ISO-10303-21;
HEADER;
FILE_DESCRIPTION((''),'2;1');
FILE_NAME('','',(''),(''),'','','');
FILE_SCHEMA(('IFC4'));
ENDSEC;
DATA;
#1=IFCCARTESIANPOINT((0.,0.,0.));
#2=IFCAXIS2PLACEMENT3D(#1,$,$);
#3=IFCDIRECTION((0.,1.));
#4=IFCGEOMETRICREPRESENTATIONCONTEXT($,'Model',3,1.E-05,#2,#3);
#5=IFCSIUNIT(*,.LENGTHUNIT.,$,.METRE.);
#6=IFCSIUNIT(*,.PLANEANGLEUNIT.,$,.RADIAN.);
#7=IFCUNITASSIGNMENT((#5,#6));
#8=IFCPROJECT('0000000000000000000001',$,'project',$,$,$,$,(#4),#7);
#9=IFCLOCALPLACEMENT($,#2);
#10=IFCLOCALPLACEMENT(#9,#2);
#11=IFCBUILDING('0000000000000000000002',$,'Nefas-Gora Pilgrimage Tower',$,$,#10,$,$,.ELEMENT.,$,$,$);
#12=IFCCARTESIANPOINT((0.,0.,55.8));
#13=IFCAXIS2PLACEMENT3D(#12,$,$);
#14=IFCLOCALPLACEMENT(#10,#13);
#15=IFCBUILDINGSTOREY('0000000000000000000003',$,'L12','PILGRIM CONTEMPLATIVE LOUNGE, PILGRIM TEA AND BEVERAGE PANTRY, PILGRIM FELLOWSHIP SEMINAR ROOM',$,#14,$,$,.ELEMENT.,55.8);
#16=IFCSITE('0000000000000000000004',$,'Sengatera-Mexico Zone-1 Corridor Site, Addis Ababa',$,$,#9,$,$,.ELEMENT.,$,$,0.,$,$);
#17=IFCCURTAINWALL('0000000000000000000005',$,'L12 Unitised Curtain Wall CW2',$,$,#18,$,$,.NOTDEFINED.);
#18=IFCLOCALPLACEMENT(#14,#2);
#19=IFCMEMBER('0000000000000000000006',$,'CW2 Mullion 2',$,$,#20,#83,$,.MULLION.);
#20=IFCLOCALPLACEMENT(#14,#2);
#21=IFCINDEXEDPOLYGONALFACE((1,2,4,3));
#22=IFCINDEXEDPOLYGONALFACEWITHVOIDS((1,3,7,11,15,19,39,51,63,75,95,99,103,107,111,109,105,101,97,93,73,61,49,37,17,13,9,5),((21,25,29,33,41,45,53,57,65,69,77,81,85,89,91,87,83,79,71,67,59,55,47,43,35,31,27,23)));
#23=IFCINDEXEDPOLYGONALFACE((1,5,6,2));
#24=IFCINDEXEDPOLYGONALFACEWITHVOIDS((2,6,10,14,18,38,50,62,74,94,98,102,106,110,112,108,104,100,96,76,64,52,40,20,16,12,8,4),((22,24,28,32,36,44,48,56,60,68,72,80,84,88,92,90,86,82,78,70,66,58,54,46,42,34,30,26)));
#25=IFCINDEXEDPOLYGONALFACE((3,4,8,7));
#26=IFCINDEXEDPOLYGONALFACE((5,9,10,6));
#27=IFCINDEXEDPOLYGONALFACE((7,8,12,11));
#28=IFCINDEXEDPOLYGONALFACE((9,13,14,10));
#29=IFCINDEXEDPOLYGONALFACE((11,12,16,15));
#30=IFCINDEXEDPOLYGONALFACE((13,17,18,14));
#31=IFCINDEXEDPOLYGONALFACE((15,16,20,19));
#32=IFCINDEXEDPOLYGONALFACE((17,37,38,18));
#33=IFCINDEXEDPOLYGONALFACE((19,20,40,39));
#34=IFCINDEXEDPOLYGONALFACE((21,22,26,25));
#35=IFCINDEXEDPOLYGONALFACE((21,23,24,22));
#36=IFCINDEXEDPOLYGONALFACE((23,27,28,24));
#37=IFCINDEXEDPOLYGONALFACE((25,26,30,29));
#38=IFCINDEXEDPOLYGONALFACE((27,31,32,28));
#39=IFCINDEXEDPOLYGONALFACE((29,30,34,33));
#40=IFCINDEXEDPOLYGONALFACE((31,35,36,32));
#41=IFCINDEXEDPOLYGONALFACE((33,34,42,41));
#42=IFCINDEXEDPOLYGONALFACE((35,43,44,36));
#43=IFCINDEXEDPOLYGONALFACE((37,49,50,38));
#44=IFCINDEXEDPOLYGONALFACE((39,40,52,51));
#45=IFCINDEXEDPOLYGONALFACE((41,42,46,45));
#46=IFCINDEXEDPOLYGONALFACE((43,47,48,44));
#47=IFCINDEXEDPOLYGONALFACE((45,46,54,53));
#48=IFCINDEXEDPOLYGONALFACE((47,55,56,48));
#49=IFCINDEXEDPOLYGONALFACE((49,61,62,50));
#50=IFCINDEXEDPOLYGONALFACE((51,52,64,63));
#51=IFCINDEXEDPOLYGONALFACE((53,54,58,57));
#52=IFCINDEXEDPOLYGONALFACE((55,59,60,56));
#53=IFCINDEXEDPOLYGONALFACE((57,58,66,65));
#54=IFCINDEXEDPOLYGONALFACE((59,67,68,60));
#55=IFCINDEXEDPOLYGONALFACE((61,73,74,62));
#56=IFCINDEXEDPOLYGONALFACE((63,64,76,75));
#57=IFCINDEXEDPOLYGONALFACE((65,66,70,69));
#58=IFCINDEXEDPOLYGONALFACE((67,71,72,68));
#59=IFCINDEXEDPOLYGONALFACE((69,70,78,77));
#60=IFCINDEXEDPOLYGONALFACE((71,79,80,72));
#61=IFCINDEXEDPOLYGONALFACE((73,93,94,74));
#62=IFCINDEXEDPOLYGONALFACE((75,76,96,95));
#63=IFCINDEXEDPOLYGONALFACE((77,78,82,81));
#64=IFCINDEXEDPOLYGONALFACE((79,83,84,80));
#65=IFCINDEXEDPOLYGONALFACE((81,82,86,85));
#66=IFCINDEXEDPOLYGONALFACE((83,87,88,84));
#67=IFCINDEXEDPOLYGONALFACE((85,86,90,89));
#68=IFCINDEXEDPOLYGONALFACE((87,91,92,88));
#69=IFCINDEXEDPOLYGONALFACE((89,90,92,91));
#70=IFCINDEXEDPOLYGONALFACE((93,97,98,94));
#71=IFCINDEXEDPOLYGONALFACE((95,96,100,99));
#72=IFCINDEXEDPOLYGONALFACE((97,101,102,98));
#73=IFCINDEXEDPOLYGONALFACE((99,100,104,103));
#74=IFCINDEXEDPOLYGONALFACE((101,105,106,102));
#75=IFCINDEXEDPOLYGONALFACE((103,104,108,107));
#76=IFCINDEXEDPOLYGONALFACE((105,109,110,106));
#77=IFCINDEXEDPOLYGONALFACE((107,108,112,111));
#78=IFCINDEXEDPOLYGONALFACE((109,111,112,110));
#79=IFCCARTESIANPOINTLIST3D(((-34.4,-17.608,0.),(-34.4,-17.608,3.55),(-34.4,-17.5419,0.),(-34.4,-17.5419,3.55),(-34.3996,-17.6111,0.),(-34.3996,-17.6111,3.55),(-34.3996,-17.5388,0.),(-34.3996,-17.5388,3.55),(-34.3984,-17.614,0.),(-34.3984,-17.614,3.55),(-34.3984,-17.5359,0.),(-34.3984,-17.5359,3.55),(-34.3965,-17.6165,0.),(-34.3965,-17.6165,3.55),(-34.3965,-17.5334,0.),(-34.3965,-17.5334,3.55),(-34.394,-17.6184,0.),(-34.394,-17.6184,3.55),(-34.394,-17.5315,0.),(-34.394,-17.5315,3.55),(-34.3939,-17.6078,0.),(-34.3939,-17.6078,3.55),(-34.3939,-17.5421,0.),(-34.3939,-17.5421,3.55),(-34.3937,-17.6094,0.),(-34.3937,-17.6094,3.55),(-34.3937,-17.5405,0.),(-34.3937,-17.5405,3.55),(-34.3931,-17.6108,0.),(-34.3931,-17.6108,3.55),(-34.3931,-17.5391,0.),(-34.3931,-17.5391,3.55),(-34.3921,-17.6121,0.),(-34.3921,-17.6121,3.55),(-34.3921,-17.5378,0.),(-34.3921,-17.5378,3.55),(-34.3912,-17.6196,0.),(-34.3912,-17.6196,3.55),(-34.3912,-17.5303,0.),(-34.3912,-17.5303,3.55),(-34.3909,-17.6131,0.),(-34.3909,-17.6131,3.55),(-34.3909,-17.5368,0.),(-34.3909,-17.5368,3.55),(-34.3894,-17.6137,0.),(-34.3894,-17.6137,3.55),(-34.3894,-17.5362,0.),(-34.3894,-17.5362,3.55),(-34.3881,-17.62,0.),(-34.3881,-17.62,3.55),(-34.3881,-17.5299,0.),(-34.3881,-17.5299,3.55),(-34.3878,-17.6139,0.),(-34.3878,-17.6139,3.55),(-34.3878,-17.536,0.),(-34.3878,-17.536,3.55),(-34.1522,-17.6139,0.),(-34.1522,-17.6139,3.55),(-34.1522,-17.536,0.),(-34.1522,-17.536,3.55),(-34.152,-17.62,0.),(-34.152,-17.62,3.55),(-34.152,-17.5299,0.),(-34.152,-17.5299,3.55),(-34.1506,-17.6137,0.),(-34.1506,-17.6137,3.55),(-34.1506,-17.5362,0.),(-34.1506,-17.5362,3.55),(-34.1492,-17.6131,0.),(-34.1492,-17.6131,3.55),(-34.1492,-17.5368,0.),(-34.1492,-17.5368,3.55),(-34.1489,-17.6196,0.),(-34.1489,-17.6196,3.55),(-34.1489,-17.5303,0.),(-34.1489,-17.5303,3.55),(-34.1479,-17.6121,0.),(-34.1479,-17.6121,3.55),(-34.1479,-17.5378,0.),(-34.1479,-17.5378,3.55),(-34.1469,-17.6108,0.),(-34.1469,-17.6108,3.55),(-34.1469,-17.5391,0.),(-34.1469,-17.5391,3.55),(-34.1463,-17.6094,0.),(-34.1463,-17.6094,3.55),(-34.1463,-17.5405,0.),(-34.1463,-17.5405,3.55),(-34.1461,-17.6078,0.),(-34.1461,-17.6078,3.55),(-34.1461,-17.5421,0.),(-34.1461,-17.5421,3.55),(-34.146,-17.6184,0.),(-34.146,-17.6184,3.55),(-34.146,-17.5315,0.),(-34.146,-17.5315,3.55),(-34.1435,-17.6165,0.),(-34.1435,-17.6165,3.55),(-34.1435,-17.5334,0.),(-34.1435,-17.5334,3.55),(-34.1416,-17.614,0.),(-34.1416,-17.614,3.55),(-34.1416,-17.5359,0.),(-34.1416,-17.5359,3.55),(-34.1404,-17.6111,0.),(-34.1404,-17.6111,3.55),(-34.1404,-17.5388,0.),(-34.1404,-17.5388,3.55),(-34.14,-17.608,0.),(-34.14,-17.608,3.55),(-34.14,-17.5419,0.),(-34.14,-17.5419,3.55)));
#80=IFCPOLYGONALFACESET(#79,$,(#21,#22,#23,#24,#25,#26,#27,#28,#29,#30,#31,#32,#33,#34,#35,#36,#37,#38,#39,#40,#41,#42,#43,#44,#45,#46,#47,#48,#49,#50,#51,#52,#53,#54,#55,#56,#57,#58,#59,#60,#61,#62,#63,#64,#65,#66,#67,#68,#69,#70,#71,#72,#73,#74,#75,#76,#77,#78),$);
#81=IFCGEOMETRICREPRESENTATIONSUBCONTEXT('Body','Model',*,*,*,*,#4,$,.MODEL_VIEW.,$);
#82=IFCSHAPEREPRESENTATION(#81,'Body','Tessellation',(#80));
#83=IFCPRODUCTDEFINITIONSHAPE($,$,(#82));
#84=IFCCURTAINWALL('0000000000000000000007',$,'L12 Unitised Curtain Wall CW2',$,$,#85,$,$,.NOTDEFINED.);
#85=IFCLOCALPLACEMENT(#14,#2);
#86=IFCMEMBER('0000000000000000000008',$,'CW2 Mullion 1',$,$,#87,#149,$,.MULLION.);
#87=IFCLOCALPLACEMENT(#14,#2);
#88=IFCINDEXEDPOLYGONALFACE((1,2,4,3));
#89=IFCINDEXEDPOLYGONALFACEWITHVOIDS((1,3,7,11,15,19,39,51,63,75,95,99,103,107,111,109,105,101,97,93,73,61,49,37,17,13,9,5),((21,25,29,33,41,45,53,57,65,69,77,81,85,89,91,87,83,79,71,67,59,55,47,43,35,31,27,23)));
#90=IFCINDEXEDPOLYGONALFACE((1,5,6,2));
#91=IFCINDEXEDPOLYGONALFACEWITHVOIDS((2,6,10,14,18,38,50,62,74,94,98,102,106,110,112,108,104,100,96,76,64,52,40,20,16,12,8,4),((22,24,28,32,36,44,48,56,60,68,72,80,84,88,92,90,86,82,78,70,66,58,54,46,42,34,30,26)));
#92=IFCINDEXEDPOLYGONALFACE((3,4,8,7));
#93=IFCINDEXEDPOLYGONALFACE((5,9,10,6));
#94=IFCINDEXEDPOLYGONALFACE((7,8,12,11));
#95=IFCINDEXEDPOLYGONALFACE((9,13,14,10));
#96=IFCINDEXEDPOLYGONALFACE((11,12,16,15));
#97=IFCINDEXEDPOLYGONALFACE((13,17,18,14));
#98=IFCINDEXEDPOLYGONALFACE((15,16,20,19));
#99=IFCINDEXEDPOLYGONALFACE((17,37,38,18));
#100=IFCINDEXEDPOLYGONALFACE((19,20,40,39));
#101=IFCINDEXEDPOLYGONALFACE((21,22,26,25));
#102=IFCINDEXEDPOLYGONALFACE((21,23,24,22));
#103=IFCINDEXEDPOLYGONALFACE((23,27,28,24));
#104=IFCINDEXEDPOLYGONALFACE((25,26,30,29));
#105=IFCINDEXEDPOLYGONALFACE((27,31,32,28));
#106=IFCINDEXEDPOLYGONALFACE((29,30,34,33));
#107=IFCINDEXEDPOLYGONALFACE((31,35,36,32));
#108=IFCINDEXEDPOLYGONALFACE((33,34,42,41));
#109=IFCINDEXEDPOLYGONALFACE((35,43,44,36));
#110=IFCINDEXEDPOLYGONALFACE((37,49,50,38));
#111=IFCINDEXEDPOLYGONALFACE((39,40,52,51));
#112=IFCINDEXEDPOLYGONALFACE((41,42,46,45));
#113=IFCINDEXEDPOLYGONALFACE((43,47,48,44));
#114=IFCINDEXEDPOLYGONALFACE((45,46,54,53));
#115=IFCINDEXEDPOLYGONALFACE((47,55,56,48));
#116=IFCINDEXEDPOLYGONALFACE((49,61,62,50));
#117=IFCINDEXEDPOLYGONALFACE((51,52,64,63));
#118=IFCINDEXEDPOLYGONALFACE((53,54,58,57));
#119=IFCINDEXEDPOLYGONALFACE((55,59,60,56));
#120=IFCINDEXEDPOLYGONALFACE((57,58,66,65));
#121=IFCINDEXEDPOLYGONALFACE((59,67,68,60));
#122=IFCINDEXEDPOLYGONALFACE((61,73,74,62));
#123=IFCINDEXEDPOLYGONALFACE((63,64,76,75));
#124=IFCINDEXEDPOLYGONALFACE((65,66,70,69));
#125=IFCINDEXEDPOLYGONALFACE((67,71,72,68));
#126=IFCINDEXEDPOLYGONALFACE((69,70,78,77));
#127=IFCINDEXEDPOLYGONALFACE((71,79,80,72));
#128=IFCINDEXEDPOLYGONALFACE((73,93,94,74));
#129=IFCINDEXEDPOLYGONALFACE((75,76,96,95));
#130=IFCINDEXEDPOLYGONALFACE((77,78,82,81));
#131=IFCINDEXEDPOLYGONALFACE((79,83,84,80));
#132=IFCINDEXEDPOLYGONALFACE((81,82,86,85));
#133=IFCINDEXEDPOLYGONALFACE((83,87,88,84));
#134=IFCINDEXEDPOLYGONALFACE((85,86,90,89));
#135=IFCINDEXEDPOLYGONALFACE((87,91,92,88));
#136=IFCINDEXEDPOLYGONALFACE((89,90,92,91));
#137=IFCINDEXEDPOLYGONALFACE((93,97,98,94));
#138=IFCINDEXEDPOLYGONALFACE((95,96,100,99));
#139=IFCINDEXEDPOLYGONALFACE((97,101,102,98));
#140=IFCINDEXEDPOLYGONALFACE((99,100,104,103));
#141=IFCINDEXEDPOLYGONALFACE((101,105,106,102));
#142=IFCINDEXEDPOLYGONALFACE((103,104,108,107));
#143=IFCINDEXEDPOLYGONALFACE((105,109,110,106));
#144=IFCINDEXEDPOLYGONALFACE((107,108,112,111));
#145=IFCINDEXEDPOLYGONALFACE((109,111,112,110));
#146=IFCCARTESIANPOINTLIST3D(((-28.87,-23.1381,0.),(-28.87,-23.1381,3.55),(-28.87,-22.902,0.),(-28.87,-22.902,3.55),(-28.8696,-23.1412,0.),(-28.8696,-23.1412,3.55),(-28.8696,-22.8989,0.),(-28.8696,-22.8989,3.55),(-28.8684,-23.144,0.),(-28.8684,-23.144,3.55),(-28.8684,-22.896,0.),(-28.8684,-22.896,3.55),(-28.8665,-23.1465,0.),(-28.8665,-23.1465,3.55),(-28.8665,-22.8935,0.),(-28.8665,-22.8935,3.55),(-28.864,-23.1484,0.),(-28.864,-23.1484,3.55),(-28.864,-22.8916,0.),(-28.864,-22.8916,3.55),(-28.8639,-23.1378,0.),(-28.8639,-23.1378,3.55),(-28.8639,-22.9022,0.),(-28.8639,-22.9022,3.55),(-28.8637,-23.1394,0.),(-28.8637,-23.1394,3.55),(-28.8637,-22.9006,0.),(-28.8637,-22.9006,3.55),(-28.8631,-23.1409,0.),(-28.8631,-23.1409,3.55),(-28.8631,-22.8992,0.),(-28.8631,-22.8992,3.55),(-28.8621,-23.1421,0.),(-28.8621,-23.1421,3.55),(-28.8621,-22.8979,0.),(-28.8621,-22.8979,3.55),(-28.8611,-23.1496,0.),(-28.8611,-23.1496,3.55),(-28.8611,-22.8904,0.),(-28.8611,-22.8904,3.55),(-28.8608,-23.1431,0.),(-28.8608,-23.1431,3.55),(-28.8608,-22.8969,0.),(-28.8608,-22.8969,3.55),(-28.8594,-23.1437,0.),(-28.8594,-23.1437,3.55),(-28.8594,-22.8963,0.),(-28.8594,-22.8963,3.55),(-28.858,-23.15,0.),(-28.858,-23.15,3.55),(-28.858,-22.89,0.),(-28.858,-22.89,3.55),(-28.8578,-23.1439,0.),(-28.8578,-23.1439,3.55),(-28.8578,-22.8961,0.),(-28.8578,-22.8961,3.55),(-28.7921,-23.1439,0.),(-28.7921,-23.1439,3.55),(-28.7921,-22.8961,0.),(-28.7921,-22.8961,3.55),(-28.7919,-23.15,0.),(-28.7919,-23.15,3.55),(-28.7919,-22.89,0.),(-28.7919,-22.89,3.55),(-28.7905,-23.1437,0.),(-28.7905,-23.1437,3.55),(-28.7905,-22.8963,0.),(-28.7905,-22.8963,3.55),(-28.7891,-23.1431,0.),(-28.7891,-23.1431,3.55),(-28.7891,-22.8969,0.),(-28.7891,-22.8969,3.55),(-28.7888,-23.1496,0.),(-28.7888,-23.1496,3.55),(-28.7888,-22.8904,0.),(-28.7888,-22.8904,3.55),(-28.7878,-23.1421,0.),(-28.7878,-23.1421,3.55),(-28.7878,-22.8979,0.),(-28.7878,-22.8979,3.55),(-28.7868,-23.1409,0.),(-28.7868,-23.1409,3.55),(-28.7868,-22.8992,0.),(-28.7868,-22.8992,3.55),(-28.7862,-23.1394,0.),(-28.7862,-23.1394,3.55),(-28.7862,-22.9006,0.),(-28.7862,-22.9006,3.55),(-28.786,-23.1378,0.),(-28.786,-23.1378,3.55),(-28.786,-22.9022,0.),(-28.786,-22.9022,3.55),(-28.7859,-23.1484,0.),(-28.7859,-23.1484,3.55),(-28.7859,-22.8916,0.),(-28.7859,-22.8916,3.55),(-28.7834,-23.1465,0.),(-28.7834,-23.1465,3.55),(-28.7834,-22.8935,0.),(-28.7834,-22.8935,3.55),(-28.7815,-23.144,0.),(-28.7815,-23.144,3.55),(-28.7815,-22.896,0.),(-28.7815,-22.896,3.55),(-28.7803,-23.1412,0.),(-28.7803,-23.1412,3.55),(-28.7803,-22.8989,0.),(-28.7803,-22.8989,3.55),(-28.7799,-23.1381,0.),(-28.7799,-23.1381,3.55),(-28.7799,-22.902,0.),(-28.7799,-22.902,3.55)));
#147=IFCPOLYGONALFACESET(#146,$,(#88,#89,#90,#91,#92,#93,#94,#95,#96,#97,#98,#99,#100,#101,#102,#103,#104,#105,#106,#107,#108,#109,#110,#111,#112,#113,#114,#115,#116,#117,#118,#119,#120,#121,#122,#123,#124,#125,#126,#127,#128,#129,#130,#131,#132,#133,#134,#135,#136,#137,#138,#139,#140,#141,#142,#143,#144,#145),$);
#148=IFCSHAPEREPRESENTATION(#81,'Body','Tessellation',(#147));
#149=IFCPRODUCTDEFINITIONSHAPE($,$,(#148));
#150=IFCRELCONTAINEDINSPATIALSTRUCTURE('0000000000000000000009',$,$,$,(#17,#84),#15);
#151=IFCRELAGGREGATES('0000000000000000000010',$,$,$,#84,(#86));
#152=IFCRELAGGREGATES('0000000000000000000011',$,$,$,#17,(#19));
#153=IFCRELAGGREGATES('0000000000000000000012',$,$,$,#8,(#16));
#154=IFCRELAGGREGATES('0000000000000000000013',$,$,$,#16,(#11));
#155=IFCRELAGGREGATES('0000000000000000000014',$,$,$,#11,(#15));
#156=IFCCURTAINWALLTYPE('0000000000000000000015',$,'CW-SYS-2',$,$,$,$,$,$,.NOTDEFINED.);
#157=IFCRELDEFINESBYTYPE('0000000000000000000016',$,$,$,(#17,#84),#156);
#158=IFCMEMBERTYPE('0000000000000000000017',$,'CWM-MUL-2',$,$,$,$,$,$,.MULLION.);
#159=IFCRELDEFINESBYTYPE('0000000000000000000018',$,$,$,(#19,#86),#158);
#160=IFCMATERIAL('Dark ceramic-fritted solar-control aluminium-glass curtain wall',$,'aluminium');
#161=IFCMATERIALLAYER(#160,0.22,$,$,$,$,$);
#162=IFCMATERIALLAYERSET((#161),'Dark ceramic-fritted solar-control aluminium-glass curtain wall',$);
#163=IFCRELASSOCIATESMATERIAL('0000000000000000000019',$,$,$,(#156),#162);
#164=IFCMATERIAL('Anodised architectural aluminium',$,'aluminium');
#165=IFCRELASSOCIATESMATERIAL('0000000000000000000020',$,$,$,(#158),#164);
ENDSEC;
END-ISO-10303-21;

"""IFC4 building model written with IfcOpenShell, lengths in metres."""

from ifc_helpers import new_model, si_unit, direction, frame, origin, origin_2d, place, context, subcontext, project, spatial, hollow_rectangle, extrude, source, transform, mapped, material, layer, layer_set, material_profile, profile_set, type_object, element, aggregate, save


model = new_model("IFC4")

# Units and contexts
model_context = context("Model", 3, precision=1e-05, world=origin(), true_north=direction((0.0, 1.0)))
body_context = subcontext(model_context, "Body", "Model", "MODEL_VIEW")
ifc_project = project(units=[si_unit("LENGTHUNIT", "METRE"), si_unit("PLANEANGLEUNIT", "RADIAN")], contexts=[model_context])

# Site, building, storey
site_placement = place(None, origin())
site = spatial("IfcSite", under=ifc_project, at=site_placement, Name="Sengatera-Mexico Zone-1 Corridor Site, Addis Ababa", CompositionType="ELEMENT", RefElevation=0.0)
building_placement = place(site_placement, origin())
building = spatial("IfcBuilding", under=site, at=building_placement, Name="Nefas-Gora Pilgrimage Tower", CompositionType="ELEMENT")
storey_placement = place(building_placement, frame((0.0, 0.0, 55.8)))
storey = spatial("IfcBuildingStorey", under=building, at=storey_placement, Name="L12", Description="PILGRIM CONTEMPLATIVE LOUNGE, PILGRIM TEA AND BEVERAGE PANTRY, PILGRIM FELLOWSHIP SEMINAR ROOM", CompositionType="ELEMENT", Elevation=55.8)

# Shared definitions
ifc_material_1 = material(Name="Dark ceramic-fritted solar-control aluminium-glass curtain wall", Category="aluminium")
ifc_layer_1 = layer(ifc_material_1, 0.22)
ifc_layer_set_1 = layer_set([ifc_layer_1], Name="Dark ceramic-fritted solar-control aluminium-glass curtain wall")
curtain_wall_type = type_object("IfcCurtainWallType", Name="CW-SYS-2", PredefinedType="NOTDEFINED", material=ifc_layer_set_1)
ifc_material_2 = material(Name="Anodised architectural aluminium", Category="aluminium")
ifc_material_profile_1 = material_profile(ifc_material_2, hollow_rectangle(XDim=0.0901, YDim=0.26, WallThickness=0.0061, InnerFilletRadius=0.0061, OuterFilletRadius=0.012, at=origin_2d()), Name="ALU MULLION 90x260")
ifc_profile_set_1 = profile_set([ifc_material_profile_1], Name="Anodised architectural aluminium")
member_type_1 = type_object("IfcMemberType", Name="CWM-MUL-2", PredefinedType="MULLION", material=ifc_profile_set_1)
shared_shape_1 = source(origin(), body_context, "Body", "SweptSolid", [
    extrude(hollow_rectangle(XDim=0.0901, YDim=0.26, WallThickness=0.0061, InnerFilletRadius=0.0061, OuterFilletRadius=0.012, at=origin_2d()), origin(), (0.0, 0.0, 1.0), 3.55),
])

# Curtain wall, member
curtain_wall_1_placement = place(storey_placement, origin())
curtain_wall_1 = element("IfcCurtainWall", 1, at=curtain_wall_1_placement, inside=storey, type_object=curtain_wall_type, Name="L12 Unitised Curtain Wall CW2", PredefinedType="NOTDEFINED")
member_1_placement = place(storey_placement, frame((-34.27, -17.575, 0.0), z_axis=(0.0, 0.0, 1.0), x_axis=(0.0, -1.0, 0.0)))
member_1 = element("IfcMember", 2, at=member_1_placement, type_object=member_type_1, Name="CW2 Mullion 2", PredefinedType="MULLION", context=body_context, shape_type="MappedRepresentation", body=[
    mapped(shared_shape_1, transform((0.0, 0.0, 0.0), x_axis=(1.0, 0.0, 0.0), y_axis=(0.0, 1.0, 0.0), z_axis=(0.0, 0.0, 1.0), scale=1.0)),
])

# Curtain wall, member
curtain_wall_2_placement = place(storey_placement, origin())
curtain_wall_2 = element("IfcCurtainWall", 3, at=curtain_wall_2_placement, inside=storey, type_object=curtain_wall_type, Name="L12 Unitised Curtain Wall CW2", PredefinedType="NOTDEFINED")
member_2_placement = place(storey_placement, frame((-28.825, -23.02, 0.0), z_axis=(0.0, 0.0, 1.0), x_axis=(1.0, 0.0, 0.0)))
member_2 = element("IfcMember", 4, at=member_2_placement, type_object=member_type_1, Name="CW2 Mullion 1", PredefinedType="MULLION", context=body_context, shape_type="MappedRepresentation", body=[
    mapped(shared_shape_1, transform((0.0, 0.0, 0.0), x_axis=(1.0, 0.0, 0.0), y_axis=(0.0, 1.0, 0.0), z_axis=(0.0, 0.0, 1.0), scale=1.0)),
])

aggregate(curtain_wall_2, [member_2])

aggregate(curtain_wall_1, [member_1])

save(model, "model.ifc")
